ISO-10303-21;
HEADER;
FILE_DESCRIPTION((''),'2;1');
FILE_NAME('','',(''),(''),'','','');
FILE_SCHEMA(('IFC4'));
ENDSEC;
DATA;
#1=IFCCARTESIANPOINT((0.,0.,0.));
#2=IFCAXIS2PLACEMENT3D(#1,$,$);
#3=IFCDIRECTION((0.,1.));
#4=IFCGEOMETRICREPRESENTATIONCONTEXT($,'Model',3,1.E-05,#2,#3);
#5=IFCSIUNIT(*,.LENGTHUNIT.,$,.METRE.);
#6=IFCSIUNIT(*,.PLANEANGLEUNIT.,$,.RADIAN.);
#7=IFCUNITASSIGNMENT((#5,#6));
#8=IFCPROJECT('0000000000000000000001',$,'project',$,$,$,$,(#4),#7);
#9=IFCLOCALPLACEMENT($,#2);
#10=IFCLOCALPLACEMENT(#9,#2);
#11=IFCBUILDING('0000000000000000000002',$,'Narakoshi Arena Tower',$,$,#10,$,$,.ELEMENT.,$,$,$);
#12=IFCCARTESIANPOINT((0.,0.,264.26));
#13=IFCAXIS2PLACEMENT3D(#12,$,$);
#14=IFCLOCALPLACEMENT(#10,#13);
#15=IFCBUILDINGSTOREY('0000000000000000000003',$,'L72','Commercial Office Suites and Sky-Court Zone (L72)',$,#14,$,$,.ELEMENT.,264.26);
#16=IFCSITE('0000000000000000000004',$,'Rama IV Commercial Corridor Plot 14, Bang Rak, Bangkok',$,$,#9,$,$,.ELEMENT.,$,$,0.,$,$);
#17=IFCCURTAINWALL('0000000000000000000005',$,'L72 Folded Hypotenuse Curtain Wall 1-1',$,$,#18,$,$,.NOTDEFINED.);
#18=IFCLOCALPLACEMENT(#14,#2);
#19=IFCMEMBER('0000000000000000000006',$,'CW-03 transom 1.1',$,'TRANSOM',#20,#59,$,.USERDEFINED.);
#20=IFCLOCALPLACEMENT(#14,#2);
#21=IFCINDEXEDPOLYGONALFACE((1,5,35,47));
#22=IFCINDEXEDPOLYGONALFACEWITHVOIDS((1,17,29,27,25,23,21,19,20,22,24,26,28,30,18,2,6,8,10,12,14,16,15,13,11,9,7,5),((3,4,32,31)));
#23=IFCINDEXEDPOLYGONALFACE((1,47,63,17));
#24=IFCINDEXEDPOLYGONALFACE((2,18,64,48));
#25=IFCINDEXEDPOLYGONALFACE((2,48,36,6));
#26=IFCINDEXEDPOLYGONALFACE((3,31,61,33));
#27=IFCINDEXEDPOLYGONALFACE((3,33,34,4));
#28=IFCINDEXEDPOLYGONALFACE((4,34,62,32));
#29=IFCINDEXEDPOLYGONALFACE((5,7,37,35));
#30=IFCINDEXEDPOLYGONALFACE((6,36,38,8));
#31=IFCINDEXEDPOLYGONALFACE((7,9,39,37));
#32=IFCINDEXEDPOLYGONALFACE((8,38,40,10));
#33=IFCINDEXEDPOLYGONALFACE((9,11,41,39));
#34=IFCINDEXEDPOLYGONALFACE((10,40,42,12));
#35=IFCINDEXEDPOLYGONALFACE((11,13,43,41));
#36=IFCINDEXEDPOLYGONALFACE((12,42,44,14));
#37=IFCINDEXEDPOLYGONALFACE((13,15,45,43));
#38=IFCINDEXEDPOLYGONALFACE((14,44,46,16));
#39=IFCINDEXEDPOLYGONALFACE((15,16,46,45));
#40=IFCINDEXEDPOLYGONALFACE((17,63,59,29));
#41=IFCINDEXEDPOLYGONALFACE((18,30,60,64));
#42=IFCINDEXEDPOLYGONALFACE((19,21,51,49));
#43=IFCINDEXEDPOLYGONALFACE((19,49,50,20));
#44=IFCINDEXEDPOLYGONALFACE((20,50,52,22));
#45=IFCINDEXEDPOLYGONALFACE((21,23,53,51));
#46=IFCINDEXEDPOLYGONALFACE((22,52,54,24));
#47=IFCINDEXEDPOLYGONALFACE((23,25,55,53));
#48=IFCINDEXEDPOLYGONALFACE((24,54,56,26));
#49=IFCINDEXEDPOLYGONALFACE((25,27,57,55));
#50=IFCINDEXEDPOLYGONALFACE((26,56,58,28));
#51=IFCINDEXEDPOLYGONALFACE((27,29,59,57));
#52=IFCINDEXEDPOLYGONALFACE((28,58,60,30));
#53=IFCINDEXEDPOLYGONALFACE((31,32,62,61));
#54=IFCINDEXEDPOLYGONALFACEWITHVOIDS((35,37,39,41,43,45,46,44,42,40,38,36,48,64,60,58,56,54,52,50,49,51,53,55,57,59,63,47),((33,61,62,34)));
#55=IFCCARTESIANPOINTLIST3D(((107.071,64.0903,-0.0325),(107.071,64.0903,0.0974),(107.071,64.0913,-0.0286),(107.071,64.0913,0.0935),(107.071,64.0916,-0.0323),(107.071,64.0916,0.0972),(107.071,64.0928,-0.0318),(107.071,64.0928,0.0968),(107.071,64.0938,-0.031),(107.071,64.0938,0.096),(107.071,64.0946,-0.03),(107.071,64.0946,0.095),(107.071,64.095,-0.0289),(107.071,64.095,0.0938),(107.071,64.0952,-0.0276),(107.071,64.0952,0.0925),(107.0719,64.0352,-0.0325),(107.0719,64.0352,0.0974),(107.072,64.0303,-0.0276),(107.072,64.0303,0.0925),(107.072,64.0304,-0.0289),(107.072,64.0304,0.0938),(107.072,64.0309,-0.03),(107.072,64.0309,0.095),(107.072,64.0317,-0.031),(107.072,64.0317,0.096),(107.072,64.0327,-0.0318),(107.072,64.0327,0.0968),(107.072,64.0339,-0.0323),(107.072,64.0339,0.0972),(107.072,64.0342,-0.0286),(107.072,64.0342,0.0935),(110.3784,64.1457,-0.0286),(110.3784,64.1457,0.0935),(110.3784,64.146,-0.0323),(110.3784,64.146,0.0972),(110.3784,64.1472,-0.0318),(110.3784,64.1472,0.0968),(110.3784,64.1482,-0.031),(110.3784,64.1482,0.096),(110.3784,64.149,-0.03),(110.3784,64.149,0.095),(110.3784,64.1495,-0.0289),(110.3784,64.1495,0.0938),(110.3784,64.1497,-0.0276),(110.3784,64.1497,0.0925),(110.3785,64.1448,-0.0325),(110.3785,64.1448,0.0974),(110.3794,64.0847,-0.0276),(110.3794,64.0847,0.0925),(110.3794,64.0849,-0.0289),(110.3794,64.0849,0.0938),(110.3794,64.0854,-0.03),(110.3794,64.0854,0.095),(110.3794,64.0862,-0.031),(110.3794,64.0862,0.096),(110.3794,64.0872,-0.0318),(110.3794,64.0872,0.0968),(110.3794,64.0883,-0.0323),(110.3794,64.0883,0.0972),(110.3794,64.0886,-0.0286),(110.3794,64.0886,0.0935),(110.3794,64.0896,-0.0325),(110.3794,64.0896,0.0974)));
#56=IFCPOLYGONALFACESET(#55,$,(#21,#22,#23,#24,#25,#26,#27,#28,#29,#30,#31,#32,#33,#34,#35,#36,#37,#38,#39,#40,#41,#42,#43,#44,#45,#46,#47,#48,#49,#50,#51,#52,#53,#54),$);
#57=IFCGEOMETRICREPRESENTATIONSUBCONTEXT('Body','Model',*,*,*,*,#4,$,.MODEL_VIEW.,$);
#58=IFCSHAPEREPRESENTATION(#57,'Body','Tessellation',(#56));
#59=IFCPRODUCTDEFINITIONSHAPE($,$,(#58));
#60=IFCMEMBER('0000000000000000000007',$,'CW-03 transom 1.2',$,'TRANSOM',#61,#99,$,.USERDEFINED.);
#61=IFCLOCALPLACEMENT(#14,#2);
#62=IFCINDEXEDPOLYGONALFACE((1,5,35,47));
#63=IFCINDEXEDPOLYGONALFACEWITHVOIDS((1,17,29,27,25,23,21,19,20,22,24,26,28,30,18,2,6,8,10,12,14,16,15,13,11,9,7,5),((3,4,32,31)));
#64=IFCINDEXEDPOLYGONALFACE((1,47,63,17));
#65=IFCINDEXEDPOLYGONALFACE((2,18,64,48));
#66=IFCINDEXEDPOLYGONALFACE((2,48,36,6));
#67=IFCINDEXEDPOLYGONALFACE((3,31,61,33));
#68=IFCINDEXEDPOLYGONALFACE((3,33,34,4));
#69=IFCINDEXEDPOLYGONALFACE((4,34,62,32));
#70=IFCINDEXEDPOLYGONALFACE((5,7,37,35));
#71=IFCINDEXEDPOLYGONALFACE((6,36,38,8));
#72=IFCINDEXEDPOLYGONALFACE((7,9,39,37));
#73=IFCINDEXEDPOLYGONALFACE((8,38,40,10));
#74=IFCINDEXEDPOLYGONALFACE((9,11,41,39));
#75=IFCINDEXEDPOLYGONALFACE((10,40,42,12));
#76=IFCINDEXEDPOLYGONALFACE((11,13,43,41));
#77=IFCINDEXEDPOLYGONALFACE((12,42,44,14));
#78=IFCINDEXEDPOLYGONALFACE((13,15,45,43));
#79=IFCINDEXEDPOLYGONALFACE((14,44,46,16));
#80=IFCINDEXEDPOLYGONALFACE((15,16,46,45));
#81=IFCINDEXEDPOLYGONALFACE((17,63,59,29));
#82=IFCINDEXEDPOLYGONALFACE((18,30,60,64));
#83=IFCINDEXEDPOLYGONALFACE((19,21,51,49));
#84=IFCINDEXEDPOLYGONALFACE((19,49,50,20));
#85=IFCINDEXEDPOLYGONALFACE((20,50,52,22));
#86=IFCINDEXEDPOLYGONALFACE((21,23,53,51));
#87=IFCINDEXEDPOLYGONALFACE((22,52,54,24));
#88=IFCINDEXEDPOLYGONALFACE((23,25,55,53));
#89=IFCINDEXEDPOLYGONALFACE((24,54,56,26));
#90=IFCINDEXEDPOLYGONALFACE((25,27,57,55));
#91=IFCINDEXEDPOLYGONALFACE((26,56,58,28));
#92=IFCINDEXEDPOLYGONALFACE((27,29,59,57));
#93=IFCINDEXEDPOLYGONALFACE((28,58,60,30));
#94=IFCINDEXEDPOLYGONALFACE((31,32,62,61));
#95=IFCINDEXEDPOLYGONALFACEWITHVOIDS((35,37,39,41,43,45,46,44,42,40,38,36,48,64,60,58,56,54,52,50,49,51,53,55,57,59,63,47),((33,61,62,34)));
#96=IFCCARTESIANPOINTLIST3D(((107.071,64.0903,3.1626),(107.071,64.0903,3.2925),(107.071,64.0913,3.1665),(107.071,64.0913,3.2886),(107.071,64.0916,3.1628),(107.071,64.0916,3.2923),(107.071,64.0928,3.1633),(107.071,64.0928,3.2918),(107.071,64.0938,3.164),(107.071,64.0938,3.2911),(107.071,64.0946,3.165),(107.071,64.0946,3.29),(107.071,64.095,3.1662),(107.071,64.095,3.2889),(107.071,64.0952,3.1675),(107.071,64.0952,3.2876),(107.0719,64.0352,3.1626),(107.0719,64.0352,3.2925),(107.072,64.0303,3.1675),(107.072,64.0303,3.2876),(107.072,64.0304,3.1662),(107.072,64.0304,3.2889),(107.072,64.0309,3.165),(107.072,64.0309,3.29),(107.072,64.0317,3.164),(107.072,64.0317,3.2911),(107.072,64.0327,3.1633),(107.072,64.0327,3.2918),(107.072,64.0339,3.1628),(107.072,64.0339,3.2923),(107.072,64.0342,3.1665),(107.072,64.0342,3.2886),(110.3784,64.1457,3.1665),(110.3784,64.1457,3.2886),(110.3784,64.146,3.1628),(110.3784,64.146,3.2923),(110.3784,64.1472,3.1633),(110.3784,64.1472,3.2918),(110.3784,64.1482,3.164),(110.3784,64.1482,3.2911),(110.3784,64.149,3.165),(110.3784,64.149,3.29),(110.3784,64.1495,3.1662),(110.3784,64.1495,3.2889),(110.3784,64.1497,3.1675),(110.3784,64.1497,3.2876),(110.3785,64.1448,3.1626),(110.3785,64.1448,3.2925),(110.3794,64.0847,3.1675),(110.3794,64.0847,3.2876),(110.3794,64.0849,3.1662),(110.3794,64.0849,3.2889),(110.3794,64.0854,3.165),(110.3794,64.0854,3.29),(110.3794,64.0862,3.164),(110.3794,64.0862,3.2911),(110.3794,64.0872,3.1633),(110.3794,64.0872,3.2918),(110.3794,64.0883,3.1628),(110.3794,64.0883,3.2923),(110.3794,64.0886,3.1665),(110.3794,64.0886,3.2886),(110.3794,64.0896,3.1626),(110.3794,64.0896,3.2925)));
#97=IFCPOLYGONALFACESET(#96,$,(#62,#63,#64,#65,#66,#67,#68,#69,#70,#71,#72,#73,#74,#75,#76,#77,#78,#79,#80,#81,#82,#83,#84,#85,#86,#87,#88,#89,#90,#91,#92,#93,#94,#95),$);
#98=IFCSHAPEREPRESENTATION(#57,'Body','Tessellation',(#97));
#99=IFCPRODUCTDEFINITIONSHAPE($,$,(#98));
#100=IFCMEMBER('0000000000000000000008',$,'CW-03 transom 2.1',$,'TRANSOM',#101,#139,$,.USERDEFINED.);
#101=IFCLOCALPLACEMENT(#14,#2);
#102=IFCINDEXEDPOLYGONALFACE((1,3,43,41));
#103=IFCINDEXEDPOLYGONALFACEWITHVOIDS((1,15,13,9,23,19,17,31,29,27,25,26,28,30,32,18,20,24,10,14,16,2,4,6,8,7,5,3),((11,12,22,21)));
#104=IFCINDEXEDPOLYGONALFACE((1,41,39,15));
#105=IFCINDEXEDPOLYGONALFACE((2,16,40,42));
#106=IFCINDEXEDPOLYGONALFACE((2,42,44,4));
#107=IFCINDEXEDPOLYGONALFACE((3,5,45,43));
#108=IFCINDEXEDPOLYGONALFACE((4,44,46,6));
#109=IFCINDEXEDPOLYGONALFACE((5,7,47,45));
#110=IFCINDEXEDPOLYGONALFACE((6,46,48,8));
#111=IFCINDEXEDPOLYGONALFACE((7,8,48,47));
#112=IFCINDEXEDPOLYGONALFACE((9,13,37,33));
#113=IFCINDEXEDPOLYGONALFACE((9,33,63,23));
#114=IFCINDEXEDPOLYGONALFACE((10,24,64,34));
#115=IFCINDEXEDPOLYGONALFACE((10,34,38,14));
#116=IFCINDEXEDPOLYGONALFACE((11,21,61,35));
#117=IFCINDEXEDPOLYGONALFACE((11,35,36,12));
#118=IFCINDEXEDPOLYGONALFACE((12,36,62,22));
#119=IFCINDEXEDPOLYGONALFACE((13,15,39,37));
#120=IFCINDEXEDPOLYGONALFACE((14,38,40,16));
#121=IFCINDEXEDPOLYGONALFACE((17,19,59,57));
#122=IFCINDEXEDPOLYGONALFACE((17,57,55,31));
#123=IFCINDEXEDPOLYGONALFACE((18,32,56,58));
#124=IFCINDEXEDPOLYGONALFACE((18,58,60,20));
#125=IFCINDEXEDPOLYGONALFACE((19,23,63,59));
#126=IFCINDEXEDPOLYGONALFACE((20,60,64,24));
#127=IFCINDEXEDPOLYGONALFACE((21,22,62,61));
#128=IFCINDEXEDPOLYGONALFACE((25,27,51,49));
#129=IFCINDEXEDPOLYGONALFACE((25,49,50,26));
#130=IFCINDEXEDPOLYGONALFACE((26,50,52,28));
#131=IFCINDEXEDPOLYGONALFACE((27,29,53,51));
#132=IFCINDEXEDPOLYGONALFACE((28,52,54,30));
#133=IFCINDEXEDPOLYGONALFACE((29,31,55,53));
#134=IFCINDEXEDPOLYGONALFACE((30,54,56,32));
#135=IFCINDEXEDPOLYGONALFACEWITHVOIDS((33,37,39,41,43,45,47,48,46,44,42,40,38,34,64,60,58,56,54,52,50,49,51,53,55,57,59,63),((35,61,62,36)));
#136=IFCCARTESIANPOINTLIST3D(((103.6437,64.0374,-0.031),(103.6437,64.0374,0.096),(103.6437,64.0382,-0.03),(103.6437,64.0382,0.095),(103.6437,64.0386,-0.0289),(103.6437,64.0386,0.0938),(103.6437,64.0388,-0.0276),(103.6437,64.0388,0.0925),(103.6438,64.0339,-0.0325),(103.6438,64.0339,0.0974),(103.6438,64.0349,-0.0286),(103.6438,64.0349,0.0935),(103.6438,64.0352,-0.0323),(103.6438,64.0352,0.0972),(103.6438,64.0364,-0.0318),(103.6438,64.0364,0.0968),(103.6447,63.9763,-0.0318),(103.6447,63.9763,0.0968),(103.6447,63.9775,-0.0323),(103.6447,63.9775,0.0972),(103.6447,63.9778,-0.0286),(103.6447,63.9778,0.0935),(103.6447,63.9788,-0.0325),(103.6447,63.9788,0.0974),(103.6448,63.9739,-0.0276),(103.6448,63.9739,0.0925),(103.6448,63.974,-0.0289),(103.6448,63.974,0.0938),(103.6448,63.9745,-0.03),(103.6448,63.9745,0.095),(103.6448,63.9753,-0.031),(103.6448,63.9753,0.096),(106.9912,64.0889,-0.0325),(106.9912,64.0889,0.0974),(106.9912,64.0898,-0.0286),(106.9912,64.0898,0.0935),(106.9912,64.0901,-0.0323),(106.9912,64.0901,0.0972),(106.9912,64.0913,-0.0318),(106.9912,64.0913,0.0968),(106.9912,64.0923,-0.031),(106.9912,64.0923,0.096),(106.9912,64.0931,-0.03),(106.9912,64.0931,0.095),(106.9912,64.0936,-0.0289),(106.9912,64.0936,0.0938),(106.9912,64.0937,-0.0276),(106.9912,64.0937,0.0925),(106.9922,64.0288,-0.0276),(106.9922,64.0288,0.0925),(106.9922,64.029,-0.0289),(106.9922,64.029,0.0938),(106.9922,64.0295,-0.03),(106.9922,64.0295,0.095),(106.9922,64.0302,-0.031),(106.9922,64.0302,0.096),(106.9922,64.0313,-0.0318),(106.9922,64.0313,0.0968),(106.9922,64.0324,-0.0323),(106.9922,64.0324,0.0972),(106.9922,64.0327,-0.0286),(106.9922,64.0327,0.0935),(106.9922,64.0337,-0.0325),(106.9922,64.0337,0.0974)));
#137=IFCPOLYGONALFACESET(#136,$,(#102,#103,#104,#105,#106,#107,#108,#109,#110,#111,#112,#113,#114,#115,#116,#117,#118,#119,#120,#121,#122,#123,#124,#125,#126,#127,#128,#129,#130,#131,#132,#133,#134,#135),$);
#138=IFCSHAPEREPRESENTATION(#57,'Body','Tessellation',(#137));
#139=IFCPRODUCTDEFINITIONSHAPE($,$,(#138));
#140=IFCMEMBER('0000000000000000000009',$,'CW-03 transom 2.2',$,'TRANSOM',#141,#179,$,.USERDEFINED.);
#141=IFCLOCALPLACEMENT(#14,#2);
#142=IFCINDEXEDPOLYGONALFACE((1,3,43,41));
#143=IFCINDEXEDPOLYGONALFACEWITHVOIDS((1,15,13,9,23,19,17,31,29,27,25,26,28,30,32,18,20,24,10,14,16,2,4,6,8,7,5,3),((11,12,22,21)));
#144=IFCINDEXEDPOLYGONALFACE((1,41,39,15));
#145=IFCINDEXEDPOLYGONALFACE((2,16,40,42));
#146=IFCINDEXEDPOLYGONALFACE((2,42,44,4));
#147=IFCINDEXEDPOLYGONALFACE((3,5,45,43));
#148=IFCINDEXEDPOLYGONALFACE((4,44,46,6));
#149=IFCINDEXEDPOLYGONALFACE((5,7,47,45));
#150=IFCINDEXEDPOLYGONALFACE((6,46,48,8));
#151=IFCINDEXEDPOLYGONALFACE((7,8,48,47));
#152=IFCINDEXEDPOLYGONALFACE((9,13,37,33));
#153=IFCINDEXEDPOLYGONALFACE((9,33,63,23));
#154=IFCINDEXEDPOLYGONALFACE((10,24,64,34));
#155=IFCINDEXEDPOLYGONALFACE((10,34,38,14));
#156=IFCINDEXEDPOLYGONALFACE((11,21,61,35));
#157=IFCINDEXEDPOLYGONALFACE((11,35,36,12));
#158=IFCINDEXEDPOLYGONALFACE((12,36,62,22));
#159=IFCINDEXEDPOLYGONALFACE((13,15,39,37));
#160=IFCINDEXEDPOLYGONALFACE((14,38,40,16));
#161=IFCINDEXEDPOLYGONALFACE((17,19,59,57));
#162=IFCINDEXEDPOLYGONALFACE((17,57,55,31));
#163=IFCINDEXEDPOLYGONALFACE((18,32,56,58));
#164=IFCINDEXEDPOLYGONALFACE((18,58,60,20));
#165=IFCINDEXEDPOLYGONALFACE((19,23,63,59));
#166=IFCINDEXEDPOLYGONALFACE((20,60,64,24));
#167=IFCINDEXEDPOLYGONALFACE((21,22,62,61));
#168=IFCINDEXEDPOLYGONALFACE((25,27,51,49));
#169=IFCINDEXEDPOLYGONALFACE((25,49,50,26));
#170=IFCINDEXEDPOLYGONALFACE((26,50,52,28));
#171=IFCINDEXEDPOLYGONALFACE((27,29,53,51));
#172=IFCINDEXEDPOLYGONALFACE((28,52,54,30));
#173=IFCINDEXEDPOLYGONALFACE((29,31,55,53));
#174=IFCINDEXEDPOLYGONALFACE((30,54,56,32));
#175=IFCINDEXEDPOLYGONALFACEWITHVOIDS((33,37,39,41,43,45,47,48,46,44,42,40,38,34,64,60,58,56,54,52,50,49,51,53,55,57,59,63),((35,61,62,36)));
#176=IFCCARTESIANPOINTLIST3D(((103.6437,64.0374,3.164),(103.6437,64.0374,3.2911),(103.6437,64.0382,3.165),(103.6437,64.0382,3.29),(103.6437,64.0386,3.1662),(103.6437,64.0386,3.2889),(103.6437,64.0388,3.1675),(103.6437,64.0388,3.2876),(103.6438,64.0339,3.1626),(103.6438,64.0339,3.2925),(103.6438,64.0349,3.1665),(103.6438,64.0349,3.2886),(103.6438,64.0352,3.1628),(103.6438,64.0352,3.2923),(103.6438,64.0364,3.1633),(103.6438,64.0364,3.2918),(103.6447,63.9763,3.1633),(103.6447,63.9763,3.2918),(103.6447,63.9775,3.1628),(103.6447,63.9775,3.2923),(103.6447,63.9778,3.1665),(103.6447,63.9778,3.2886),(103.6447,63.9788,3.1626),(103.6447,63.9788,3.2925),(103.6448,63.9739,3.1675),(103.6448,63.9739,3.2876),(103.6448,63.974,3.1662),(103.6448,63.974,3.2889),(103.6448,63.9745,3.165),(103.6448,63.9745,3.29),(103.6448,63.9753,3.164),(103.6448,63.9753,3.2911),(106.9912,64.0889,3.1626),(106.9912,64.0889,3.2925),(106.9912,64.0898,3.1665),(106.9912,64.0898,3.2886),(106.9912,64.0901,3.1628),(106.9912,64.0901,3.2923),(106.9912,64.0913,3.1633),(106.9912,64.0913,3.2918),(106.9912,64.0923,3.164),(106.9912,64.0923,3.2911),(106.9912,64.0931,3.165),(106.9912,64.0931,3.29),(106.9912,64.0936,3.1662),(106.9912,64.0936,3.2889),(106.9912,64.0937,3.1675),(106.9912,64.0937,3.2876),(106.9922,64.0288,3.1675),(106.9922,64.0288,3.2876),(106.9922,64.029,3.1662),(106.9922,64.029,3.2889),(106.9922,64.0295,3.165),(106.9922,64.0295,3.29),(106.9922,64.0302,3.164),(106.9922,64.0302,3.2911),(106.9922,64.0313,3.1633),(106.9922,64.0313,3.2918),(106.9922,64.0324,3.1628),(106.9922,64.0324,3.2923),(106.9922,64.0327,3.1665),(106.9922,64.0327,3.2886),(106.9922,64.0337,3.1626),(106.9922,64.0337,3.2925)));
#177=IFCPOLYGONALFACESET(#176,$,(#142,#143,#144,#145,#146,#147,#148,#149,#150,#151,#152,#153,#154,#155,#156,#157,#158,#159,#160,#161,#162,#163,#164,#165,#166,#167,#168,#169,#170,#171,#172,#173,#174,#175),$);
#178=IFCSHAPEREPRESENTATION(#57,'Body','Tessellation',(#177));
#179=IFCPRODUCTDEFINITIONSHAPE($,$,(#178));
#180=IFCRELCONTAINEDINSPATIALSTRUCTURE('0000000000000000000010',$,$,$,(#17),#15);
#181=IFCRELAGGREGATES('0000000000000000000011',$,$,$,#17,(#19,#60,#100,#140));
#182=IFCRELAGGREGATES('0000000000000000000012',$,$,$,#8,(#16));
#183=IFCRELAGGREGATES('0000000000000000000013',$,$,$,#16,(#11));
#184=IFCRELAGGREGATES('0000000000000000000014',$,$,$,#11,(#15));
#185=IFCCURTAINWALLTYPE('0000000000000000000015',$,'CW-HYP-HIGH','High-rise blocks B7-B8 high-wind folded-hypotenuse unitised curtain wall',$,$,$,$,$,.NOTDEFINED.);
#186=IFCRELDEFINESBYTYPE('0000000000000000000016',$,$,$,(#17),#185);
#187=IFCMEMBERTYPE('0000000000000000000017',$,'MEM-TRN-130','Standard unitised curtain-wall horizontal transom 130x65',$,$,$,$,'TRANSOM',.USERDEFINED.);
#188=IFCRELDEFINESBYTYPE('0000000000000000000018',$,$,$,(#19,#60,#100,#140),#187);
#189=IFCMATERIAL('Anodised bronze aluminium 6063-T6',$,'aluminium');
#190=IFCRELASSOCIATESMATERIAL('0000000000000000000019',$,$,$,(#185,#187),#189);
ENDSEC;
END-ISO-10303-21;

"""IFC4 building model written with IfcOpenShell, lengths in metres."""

from ifc_helpers import new_model, si_unit, direction, frame, origin, origin_2d, place, context, subcontext, project, spatial, hollow_rectangle, extrude, material, material_profile, profile_set, type_object, element, aggregate, save


model = new_model("IFC4")

# Units and contexts
model_context = context("Model", 3, precision=1e-05, world=origin(), true_north=direction((0.0, 1.0)))
body_context = subcontext(model_context, "Body", "Model", "MODEL_VIEW")
ifc_project = project(units=[si_unit("LENGTHUNIT", "METRE"), si_unit("PLANEANGLEUNIT", "RADIAN")], contexts=[model_context])

# Site, building, storey
site_placement = place(None, origin())
site = spatial("IfcSite", under=ifc_project, at=site_placement, Name="Rama IV Commercial Corridor Plot 14, Bang Rak, Bangkok", CompositionType="ELEMENT", RefElevation=0.0)
building_placement = place(site_placement, origin())
building = spatial("IfcBuilding", under=site, at=building_placement, Name="Narakoshi Arena Tower", CompositionType="ELEMENT")
storey_placement = place(building_placement, frame((0.0, 0.0, 264.26)))
storey = spatial("IfcBuildingStorey", under=building, at=storey_placement, Name="L72", Description="Commercial Office Suites and Sky-Court Zone (L72)", CompositionType="ELEMENT", Elevation=264.26)

# Curtain wall, members
ifc_material_1 = material(Name="Anodised bronze aluminium 6063-T6", Category="aluminium")
curtain_wall_type = type_object("IfcCurtainWallType", Name="CW-HYP-HIGH", Description="High-rise blocks B7-B8 high-wind folded-hypotenuse unitised curtain wall", PredefinedType="NOTDEFINED", material=ifc_material_1)
curtain_wall_placement = place(storey_placement, origin())
curtain_wall = element("IfcCurtainWall", 1, at=curtain_wall_placement, inside=storey, type_object=curtain_wall_type, Name="L72 Folded Hypotenuse Curtain Wall 1-1", PredefinedType="NOTDEFINED")
ifc_material_profile_1 = material_profile(ifc_material_1, hollow_rectangle(XDim=0.0649, YDim=0.1299, WallThickness=0.0039, OuterFilletRadius=0.0049, at=origin_2d()), Name="TRN130x65x4")
ifc_profile_set_1 = profile_set([ifc_material_profile_1], Name="Anodised bronze aluminium 6063-T6")
member_type_1 = type_object("IfcMemberType", Name="MEM-TRN-130", Description="Standard unitised curtain-wall horizontal transom 130x65", ElementType="TRANSOM", PredefinedType="USERDEFINED", material=ifc_profile_set_1)
member_1_placement = place(storey_placement, frame((110.3789, 64.1172, 0.0325), z_axis=(-0.999865, -0.016459, 0.0), x_axis=(0.016459, -0.999865, 0.0)))
member_1 = element("IfcMember", 2, at=member_1_placement, type_object=member_type_1, Name="CW-03 transom 1.1", ObjectType="TRANSOM", PredefinedType="USERDEFINED", context=body_context, shape_type="SweptSolid", body=[
    extrude(hollow_rectangle(XDim=0.0649, YDim=0.1299, WallThickness=0.0039, OuterFilletRadius=0.0049, at=origin_2d()), origin(), (0.0, 0.0, 1.0), 3.3079),
])
member_2_placement = place(storey_placement, frame((110.3789, 64.1172, 3.2275), z_axis=(-0.999865, -0.016459, 0.0), x_axis=(0.016459, -0.999865, 0.0)))
member_2 = element("IfcMember", 3, at=member_2_placement, type_object=member_type_1, Name="CW-03 transom 1.2", ObjectType="TRANSOM", PredefinedType="USERDEFINED", context=body_context, shape_type="SweptSolid", body=[
    extrude(hollow_rectangle(XDim=0.0649, YDim=0.1299, WallThickness=0.0039, OuterFilletRadius=0.0049, at=origin_2d()), origin(), (0.0, 0.0, 1.0), 3.3079),
])
member_3_placement = place(storey_placement, frame((106.9917, 64.0613, 0.0325), z_axis=(-0.999865, -0.016408, 0.0), x_axis=(0.016408, -0.999865, 0.0)))
member_3 = element("IfcMember", 4, at=member_3_placement, type_object=member_type_1, Name="CW-03 transom 2.1", ObjectType="TRANSOM", PredefinedType="USERDEFINED", context=body_context, shape_type="SweptSolid", body=[
    extrude(hollow_rectangle(XDim=0.0649, YDim=0.1299, WallThickness=0.0039, OuterFilletRadius=0.0049, at=origin_2d()), origin(), (0.0, 0.0, 1.0), 3.3479),
])
member_4_placement = place(storey_placement, frame((106.9917, 64.0613, 3.2275), z_axis=(-0.999865, -0.016408, 0.0), x_axis=(0.016408, -0.999865, 0.0)))
member_4 = element("IfcMember", 5, at=member_4_placement, type_object=member_type_1, Name="CW-03 transom 2.2", ObjectType="TRANSOM", PredefinedType="USERDEFINED", context=body_context, shape_type="SweptSolid", body=[
    extrude(hollow_rectangle(XDim=0.0649, YDim=0.1299, WallThickness=0.0039, OuterFilletRadius=0.0049, at=origin_2d()), origin(), (0.0, 0.0, 1.0), 3.3479),
])
aggregate(curtain_wall, [member_1, member_2, member_3, member_4])

save(model, "model.ifc")
